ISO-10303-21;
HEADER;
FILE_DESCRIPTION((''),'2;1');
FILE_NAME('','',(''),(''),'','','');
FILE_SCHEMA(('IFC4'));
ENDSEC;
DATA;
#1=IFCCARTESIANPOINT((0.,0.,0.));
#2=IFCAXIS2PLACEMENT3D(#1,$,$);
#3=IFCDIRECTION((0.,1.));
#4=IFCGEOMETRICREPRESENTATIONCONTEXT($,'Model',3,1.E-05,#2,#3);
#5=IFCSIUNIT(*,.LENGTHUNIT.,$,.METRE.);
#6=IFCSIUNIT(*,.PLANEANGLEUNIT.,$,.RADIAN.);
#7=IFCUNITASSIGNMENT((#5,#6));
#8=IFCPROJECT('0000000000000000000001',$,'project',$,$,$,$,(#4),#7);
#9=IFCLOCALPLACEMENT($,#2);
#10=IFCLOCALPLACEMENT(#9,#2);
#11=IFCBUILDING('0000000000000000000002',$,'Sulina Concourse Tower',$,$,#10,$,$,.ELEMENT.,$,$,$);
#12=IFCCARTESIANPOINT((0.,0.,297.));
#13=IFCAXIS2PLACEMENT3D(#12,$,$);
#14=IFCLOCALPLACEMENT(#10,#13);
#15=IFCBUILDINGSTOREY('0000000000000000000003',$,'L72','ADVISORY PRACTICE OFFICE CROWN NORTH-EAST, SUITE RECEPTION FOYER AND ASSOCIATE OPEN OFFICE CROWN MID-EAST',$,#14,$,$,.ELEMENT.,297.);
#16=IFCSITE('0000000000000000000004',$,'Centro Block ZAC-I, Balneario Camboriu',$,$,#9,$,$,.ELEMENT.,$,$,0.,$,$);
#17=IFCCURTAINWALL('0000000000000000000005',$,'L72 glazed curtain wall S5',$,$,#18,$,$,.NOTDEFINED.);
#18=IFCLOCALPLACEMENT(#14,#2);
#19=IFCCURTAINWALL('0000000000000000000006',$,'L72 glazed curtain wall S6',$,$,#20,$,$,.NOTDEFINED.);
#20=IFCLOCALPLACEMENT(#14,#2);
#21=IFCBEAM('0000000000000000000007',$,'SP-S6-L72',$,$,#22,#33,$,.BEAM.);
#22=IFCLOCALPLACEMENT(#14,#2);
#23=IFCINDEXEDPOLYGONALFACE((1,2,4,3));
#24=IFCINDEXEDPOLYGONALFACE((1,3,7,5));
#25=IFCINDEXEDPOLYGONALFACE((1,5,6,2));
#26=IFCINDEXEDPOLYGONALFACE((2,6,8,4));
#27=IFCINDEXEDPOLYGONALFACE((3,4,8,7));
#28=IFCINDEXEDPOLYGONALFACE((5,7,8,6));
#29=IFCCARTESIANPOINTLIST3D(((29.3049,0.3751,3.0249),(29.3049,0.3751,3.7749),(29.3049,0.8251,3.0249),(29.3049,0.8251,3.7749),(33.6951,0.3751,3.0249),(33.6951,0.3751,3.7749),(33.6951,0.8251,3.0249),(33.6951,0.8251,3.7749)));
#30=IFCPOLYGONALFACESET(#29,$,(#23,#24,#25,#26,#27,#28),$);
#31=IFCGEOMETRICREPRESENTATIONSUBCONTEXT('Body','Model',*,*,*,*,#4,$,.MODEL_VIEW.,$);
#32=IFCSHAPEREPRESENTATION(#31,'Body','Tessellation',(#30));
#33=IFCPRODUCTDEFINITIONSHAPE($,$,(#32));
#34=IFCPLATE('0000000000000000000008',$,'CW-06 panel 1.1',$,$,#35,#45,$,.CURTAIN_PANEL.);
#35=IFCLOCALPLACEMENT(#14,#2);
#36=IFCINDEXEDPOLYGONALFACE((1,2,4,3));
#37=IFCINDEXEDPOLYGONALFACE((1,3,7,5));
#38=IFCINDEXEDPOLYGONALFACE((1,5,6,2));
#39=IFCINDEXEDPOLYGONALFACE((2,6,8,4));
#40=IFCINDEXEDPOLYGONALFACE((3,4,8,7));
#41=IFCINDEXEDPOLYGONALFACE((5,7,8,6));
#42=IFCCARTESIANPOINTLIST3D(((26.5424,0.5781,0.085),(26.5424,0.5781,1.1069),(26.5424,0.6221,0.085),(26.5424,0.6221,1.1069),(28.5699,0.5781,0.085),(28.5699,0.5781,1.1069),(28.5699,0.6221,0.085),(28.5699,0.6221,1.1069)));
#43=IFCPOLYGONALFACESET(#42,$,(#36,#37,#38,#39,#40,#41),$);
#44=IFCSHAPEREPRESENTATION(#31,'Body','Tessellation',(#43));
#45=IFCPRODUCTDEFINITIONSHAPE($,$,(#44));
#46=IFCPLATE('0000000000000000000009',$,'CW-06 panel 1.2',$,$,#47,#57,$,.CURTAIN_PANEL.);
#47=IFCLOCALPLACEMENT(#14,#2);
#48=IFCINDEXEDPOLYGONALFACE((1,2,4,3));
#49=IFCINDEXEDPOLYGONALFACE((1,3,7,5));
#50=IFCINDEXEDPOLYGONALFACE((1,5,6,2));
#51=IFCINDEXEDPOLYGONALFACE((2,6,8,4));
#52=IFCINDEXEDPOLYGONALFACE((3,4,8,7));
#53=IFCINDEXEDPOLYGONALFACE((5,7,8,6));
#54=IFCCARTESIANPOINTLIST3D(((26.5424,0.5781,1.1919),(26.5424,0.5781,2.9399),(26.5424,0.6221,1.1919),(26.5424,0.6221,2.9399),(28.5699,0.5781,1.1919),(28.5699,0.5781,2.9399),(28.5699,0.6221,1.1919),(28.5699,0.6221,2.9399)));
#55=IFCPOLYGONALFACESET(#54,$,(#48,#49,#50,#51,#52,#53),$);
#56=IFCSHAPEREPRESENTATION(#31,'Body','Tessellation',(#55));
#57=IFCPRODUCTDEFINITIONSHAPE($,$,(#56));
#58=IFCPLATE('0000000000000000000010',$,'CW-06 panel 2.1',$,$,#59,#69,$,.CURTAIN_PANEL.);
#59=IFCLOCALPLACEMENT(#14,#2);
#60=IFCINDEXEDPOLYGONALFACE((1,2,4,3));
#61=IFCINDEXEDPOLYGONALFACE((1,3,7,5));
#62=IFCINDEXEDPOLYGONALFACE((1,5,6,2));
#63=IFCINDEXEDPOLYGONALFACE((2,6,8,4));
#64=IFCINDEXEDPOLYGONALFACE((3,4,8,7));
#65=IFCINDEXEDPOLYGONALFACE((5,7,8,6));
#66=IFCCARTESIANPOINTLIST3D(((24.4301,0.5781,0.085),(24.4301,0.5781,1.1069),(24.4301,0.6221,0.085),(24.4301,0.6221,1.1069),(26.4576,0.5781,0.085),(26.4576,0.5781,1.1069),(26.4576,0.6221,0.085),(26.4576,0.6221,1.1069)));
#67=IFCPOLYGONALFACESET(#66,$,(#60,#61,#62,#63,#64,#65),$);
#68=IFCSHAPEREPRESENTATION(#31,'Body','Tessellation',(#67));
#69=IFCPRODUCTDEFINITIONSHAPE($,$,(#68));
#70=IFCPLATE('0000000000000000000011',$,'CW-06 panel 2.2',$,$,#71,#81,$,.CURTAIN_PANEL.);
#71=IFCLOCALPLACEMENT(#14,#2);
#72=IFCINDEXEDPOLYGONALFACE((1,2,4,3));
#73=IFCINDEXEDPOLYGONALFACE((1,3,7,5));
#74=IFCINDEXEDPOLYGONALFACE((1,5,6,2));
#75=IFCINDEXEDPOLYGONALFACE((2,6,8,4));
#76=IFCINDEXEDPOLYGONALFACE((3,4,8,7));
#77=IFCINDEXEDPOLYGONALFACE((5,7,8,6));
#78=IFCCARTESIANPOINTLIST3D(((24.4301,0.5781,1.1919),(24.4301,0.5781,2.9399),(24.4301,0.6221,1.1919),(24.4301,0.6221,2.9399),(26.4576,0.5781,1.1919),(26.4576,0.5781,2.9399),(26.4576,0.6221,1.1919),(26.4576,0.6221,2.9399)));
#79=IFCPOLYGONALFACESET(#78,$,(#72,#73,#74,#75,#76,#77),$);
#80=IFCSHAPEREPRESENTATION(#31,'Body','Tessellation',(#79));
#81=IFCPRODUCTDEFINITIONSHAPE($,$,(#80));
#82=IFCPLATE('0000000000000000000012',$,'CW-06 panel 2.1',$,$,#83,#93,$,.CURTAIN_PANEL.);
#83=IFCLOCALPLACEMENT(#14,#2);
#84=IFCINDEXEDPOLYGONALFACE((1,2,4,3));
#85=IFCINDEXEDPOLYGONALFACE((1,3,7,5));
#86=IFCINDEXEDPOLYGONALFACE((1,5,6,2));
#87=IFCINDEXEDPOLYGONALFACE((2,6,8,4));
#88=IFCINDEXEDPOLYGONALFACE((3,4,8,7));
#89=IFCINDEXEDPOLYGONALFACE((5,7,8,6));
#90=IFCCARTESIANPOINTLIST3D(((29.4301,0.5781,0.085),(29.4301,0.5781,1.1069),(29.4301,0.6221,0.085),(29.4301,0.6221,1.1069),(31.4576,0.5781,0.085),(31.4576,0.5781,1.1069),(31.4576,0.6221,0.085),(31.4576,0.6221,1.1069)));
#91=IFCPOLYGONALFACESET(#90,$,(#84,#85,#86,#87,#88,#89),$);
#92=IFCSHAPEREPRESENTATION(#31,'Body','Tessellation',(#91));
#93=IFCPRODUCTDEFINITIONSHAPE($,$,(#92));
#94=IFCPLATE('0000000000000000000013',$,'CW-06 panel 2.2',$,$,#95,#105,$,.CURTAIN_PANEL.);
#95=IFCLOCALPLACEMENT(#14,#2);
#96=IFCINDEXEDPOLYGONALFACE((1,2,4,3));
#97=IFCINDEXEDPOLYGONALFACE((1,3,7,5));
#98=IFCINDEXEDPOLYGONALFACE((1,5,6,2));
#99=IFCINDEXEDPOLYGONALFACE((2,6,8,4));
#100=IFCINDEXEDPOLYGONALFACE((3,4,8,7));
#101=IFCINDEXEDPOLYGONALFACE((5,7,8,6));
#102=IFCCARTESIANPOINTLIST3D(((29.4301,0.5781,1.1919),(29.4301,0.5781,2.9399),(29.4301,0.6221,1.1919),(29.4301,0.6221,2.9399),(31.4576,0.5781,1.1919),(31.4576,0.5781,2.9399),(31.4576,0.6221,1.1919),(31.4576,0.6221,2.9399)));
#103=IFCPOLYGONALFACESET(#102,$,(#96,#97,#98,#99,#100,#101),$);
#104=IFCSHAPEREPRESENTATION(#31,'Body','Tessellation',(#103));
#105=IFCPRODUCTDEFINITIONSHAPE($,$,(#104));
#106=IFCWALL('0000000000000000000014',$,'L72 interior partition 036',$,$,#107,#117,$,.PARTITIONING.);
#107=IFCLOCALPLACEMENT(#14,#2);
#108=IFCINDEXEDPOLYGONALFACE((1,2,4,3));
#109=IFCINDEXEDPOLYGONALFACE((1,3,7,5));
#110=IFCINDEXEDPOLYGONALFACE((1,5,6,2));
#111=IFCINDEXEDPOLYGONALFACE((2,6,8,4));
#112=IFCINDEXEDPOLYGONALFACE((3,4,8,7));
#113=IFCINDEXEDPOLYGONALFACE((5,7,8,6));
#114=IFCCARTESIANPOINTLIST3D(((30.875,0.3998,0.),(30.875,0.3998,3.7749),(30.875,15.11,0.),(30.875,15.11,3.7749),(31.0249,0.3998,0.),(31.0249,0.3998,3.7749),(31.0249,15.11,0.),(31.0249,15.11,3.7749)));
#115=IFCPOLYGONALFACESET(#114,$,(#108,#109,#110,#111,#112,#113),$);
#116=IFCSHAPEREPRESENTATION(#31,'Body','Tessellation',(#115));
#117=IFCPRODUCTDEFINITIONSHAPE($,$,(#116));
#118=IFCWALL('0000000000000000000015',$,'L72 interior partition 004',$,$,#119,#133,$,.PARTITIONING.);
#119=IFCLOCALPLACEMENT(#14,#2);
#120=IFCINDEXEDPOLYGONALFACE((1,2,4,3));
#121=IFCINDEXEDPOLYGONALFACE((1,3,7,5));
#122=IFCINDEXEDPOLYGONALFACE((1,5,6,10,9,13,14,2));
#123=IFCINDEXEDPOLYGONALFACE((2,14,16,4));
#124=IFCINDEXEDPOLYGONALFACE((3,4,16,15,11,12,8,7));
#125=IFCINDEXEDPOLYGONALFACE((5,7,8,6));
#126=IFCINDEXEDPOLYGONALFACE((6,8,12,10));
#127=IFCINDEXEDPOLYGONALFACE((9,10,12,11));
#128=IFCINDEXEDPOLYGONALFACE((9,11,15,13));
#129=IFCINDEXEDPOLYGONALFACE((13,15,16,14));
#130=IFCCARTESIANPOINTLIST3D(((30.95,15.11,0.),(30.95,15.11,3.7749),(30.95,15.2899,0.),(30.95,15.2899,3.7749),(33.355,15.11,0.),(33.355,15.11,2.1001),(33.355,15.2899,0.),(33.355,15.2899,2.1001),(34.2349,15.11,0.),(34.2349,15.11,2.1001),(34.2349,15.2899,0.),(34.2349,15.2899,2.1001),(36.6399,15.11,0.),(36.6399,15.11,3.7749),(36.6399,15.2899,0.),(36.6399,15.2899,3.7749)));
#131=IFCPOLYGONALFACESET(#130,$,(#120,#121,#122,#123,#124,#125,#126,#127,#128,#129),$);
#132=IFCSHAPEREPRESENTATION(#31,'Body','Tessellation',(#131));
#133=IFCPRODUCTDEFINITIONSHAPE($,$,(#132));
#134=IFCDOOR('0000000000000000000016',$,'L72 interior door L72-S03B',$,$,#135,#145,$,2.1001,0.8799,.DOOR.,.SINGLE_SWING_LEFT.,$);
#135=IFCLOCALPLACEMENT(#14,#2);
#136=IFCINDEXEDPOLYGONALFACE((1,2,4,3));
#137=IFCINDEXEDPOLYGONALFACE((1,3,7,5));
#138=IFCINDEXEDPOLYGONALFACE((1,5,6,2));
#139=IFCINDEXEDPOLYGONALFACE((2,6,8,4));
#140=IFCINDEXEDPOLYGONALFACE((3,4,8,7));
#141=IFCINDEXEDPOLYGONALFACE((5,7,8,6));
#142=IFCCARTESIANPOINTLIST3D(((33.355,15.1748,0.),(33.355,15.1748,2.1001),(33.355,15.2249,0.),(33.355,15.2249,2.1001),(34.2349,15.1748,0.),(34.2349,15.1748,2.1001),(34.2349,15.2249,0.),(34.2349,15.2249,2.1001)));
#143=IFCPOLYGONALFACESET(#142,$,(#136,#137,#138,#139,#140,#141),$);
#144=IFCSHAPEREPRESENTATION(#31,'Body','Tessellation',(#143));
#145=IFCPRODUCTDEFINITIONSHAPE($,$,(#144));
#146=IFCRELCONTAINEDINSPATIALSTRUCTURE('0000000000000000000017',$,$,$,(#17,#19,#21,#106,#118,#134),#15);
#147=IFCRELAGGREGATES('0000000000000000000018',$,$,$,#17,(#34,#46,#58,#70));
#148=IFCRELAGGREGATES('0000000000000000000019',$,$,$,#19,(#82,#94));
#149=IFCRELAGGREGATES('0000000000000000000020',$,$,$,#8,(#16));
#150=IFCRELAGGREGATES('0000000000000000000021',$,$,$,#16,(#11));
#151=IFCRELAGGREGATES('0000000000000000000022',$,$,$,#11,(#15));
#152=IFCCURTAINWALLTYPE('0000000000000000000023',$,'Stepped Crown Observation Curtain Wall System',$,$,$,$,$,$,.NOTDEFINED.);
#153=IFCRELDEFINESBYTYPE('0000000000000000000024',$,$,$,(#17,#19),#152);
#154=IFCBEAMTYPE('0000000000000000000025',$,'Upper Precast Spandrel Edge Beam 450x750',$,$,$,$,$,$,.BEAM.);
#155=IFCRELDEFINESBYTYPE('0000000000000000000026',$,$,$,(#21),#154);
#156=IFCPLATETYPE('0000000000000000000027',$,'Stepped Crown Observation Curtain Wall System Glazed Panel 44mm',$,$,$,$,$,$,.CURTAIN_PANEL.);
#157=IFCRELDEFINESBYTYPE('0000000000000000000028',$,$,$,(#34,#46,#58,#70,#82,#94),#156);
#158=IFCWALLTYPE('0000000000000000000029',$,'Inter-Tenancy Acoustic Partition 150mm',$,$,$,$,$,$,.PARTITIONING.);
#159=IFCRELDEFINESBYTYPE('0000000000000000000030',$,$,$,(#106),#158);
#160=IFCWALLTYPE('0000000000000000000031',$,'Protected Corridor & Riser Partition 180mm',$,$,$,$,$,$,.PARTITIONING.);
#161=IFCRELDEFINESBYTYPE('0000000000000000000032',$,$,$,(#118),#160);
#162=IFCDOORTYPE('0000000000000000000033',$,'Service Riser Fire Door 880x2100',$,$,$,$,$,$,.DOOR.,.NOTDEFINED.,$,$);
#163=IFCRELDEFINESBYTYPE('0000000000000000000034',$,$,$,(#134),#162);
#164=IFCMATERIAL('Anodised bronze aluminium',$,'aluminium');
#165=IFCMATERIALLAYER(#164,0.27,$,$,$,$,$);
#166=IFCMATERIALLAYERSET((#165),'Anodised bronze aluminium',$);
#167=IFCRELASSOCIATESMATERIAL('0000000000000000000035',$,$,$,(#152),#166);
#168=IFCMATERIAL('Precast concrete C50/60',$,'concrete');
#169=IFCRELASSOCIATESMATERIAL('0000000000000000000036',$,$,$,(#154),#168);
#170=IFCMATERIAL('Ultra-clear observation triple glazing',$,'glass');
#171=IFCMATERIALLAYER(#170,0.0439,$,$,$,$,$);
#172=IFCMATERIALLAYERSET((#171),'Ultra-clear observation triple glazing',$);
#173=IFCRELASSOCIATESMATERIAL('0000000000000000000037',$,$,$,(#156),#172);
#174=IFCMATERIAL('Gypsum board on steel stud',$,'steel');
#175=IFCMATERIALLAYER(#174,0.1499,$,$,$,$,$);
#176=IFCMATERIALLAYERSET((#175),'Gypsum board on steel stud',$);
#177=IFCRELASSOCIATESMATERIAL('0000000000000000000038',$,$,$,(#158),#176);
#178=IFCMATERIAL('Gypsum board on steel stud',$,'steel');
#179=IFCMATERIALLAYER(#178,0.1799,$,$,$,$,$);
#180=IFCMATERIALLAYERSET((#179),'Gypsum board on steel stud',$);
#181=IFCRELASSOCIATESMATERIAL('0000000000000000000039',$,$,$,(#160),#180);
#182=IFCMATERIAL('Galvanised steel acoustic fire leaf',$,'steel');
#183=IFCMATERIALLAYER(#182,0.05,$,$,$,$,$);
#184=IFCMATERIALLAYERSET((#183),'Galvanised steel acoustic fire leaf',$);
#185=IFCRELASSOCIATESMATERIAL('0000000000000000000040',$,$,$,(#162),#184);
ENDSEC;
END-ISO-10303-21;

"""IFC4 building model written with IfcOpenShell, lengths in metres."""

from ifc_helpers import new_model, si_unit, direction, frame, frame_2d, origin, origin_2d, place, context, subcontext, project, spatial, rectangle, extrude, material, layer, layer_set, material_profile, profile_set, type_object, element, fill, aggregate, save


model = new_model("IFC4")

# Units and contexts
model_context = context("Model", 3, precision=1e-05, world=origin(), true_north=direction((0.0, 1.0)))
body_context = subcontext(model_context, "Body", "Model", "MODEL_VIEW")
ifc_project = project(units=[si_unit("LENGTHUNIT", "METRE"), si_unit("PLANEANGLEUNIT", "RADIAN")], contexts=[model_context])

# Site, building, storey
site_placement = place(None, origin())
site = spatial("IfcSite", under=ifc_project, at=site_placement, Name="Centro Block ZAC-I, Balneario Camboriu", CompositionType="ELEMENT", RefElevation=0.0)
building_placement = place(site_placement, origin())
building = spatial("IfcBuilding", under=site, at=building_placement, Name="Sulina Concourse Tower", CompositionType="ELEMENT")
storey_placement = place(building_placement, frame((0.0, 0.0, 297.0)))
storey = spatial("IfcBuildingStorey", under=building, at=storey_placement, Name="L72", Description="ADVISORY PRACTICE OFFICE CROWN NORTH-EAST, SUITE RECEPTION FOYER AND ASSOCIATE OPEN OFFICE CROWN MID-EAST", CompositionType="ELEMENT", Elevation=297.0)

# Shared definitions
ifc_material_1 = material(Name="Anodised bronze aluminium", Category="aluminium")
ifc_layer_1 = layer(ifc_material_1, 0.27)
ifc_layer_set_1 = layer_set([ifc_layer_1], Name="Anodised bronze aluminium")
curtain_wall_type = type_object("IfcCurtainWallType", Name="Stepped Crown Observation Curtain Wall System", PredefinedType="NOTDEFINED", material=ifc_layer_set_1)

# Curtain wall
curtain_wall_1_placement = place(storey_placement, origin())
curtain_wall_1 = element("IfcCurtainWall", 1, at=curtain_wall_1_placement, inside=storey, type_object=curtain_wall_type, Name="L72 glazed curtain wall S5", PredefinedType="NOTDEFINED")

# Curtain wall
curtain_wall_2_placement = place(storey_placement, origin())
curtain_wall_2 = element("IfcCurtainWall", 2, at=curtain_wall_2_placement, inside=storey, type_object=curtain_wall_type, Name="L72 glazed curtain wall S6", PredefinedType="NOTDEFINED")

# Beam
ifc_material_2 = material(Name="Precast concrete C50/60", Category="concrete")
ifc_material_profile_1 = material_profile(ifc_material_2, rectangle(XDim=0.45, YDim=0.75, at=origin_2d()), Name="RC 450x750")
ifc_profile_set_1 = profile_set([ifc_material_profile_1], Name="Precast concrete C50/60")
beam_type_1 = type_object("IfcBeamType", Name="Upper Precast Spandrel Edge Beam 450x750", PredefinedType="BEAM", material=ifc_profile_set_1)
for number, where, z_axis, x_axis, name in (
    (3, (29.3049, 0.6001, 3.3999), (1.0, 0.0, 0.0), (0.0, 1.0, 0.0), "SP-S6-L72"),
):
    element("IfcBeam", number, at=place(storey_placement, frame(where, z_axis=z_axis, x_axis=x_axis)), inside=storey, type_object=beam_type_1, Name=name, PredefinedType="BEAM", context=body_context, shape_type="SweptSolid", body=[
        extrude(rectangle(XDim=0.45, YDim=0.75, at=origin_2d()), origin(), (0.0, 0.0, 1.0), 4.3901),
    ])

# Plates
ifc_material_3 = material(Name="Ultra-clear observation triple glazing", Category="glass")
ifc_layer_2 = layer(ifc_material_3, 0.0439)
ifc_layer_set_2 = layer_set([ifc_layer_2], Name="Ultra-clear observation triple glazing")
plate_type = type_object("IfcPlateType", Name="Stepped Crown Observation Curtain Wall System Glazed Panel 44mm", PredefinedType="CURTAIN_PANEL", material=ifc_layer_set_2)
plate_1_placement = place(storey_placement, frame((27.5562, 0.6001, 0.085), z_axis=(0.0, 0.0, 1.0), x_axis=(-1.0, 0.0, 0.0)))
plate_1 = element("IfcPlate", 4, at=plate_1_placement, type_object=plate_type, Name="CW-06 panel 1.1", PredefinedType="CURTAIN_PANEL", context=body_context, shape_type="SweptSolid", body=[
    extrude(rectangle(XDim=2.0276, YDim=0.0439, at=origin_2d()), origin(), (0.0, 0.0, 1.0), 1.022),
])
plate_2_placement = place(storey_placement, frame((27.5562, 0.6001, 1.1919), z_axis=(0.0, 0.0, 1.0), x_axis=(-1.0, 0.0, 0.0)))
plate_2 = element("IfcPlate", 5, at=plate_2_placement, type_object=plate_type, Name="CW-06 panel 1.2", PredefinedType="CURTAIN_PANEL", context=body_context, shape_type="SweptSolid", body=[
    extrude(rectangle(XDim=2.0276, YDim=0.0439, at=origin_2d()), origin(), (0.0, 0.0, 1.0), 1.748),
])
plate_3_placement = place(storey_placement, frame((25.4438, 0.6001, 0.085), z_axis=(0.0, 0.0, 1.0), x_axis=(-1.0, 0.0, 0.0)))
plate_3 = element("IfcPlate", 6, at=plate_3_placement, type_object=plate_type, Name="CW-06 panel 2.1", PredefinedType="CURTAIN_PANEL", context=body_context, shape_type="SweptSolid", body=[
    extrude(rectangle(XDim=2.0276, YDim=0.0439, at=origin_2d()), origin(), (0.0, 0.0, 1.0), 1.022),
])
plate_4_placement = place(storey_placement, frame((25.4438, 0.6001, 1.1919), z_axis=(0.0, 0.0, 1.0), x_axis=(-1.0, 0.0, 0.0)))
plate_4 = element("IfcPlate", 7, at=plate_4_placement, type_object=plate_type, Name="CW-06 panel 2.2", PredefinedType="CURTAIN_PANEL", context=body_context, shape_type="SweptSolid", body=[
    extrude(rectangle(XDim=2.0276, YDim=0.0439, at=origin_2d()), origin(), (0.0, 0.0, 1.0), 1.748),
])
aggregate(curtain_wall_1, [plate_1, plate_2, plate_3, plate_4])
plate_5_placement = place(storey_placement, frame((30.4438, 0.6001, 0.085), z_axis=(0.0, 0.0, 1.0), x_axis=(-1.0, 0.0, 0.0)))
plate_5 = element("IfcPlate", 8, at=plate_5_placement, type_object=plate_type, Name="CW-06 panel 2.1", PredefinedType="CURTAIN_PANEL", context=body_context, shape_type="SweptSolid", body=[
    extrude(rectangle(XDim=2.0276, YDim=0.0439, at=origin_2d()), origin(), (0.0, 0.0, 1.0), 1.022),
])
plate_6_placement = place(storey_placement, frame((30.4438, 0.6001, 1.1919), z_axis=(0.0, 0.0, 1.0), x_axis=(-1.0, 0.0, 0.0)))
plate_6 = element("IfcPlate", 9, at=plate_6_placement, type_object=plate_type, Name="CW-06 panel 2.2", PredefinedType="CURTAIN_PANEL", context=body_context, shape_type="SweptSolid", body=[
    extrude(rectangle(XDim=2.0276, YDim=0.0439, at=origin_2d()), origin(), (0.0, 0.0, 1.0), 1.748),
])
aggregate(curtain_wall_2, [plate_5, plate_6])

# Wall
ifc_material_4 = material(Name="Gypsum board on steel stud", Category="steel")
ifc_layer_3 = layer(ifc_material_4, 0.1499)
ifc_layer_set_3 = layer_set([ifc_layer_3], Name="Gypsum board on steel stud")
wall_type_1 = type_object("IfcWallType", Name="Inter-Tenancy Acoustic Partition 150mm", PredefinedType="PARTITIONING", material=ifc_layer_set_3)
wall_1_placement = place(storey_placement, frame((30.95, 0.3999, 0.0), z_axis=(0.0, 0.0, 1.0), x_axis=(0.0, 1.0, 0.0)))
element("IfcWall", 10, at=wall_1_placement, inside=storey, type_object=wall_type_1, Name="L72 interior partition 036", PredefinedType="PARTITIONING", context=body_context, shape_type="SweptSolid", body=[
    extrude(rectangle(XDim=14.7102, YDim=0.1499, at=frame_2d((7.355, 0.0))), origin(), (0.0, 0.0, 1.0), 3.7749),
])

# Wall, opening, door
ifc_material_5 = material(Name="Gypsum board on steel stud", Category="steel")
ifc_layer_4 = layer(ifc_material_5, 0.1799)
ifc_layer_set_4 = layer_set([ifc_layer_4], Name="Gypsum board on steel stud")
wall_type_2 = type_object("IfcWallType", Name="Protected Corridor & Riser Partition 180mm", PredefinedType="PARTITIONING", material=ifc_layer_set_4)
wall_2_placement = place(storey_placement, frame((30.95, 15.2, 0.0), z_axis=(0.0, 0.0, 1.0), x_axis=(1.0, 0.0, 0.0)))
wall_2 = element("IfcWall", 11, at=wall_2_placement, inside=storey, type_object=wall_type_2, Name="L72 interior partition 004", PredefinedType="PARTITIONING", context=body_context, shape_type="SweptSolid", body=[
    extrude(rectangle(XDim=5.6899, YDim=0.1799, at=frame_2d((2.845, 0.0))), origin(), (0.0, 0.0, 1.0), 3.7749),
])
opening_placement = place(wall_2_placement, frame((2.405, 0.0, 0.0)))
opening = element("IfcOpeningElement", 12, at=opening_placement, cuts=wall_2, PredefinedType="OPENING", context=body_context, shape_type="SweptSolid", body=[
    extrude(rectangle(XDim=0.8799, YDim=2.1001, at=frame_2d((0.4399, 1.05))), frame((0.0, 0.0999, 0.0), z_axis=(0.0, -1.0, 0.0), x_axis=(1.0, 0.0, 0.0)), (0.0, 0.0, 1.0), 0.2),
])
ifc_material_6 = material(Name="Galvanised steel acoustic fire leaf", Category="steel")
ifc_layer_5 = layer(ifc_material_6, 0.05)
ifc_layer_set_5 = layer_set([ifc_layer_5], Name="Galvanised steel acoustic fire leaf")
door_type = type_object("IfcDoorType", Name="Service Riser Fire Door 880x2100", OperationType="NOTDEFINED", PredefinedType="DOOR", material=ifc_layer_set_5)
door_placement = place(opening_placement, origin())
door = element("IfcDoor", 13, at=door_placement, inside=storey, type_object=door_type, Name="L72 interior door L72-S03B", OperationType="SINGLE_SWING_LEFT", OverallHeight=2.1001, OverallWidth=0.8799, PredefinedType="DOOR", context=body_context, shape_type="SweptSolid", body=[
    extrude(rectangle(XDim=0.8799, YDim=2.1001, at=frame_2d((0.4399, 1.05))), frame((0.0, 0.0249, 0.0), z_axis=(0.0, -1.0, 0.0), x_axis=(1.0, 0.0, 0.0)), (0.0, 0.0, 1.0), 0.05),
])
fill(opening, door)

save(model, "model.ifc")
